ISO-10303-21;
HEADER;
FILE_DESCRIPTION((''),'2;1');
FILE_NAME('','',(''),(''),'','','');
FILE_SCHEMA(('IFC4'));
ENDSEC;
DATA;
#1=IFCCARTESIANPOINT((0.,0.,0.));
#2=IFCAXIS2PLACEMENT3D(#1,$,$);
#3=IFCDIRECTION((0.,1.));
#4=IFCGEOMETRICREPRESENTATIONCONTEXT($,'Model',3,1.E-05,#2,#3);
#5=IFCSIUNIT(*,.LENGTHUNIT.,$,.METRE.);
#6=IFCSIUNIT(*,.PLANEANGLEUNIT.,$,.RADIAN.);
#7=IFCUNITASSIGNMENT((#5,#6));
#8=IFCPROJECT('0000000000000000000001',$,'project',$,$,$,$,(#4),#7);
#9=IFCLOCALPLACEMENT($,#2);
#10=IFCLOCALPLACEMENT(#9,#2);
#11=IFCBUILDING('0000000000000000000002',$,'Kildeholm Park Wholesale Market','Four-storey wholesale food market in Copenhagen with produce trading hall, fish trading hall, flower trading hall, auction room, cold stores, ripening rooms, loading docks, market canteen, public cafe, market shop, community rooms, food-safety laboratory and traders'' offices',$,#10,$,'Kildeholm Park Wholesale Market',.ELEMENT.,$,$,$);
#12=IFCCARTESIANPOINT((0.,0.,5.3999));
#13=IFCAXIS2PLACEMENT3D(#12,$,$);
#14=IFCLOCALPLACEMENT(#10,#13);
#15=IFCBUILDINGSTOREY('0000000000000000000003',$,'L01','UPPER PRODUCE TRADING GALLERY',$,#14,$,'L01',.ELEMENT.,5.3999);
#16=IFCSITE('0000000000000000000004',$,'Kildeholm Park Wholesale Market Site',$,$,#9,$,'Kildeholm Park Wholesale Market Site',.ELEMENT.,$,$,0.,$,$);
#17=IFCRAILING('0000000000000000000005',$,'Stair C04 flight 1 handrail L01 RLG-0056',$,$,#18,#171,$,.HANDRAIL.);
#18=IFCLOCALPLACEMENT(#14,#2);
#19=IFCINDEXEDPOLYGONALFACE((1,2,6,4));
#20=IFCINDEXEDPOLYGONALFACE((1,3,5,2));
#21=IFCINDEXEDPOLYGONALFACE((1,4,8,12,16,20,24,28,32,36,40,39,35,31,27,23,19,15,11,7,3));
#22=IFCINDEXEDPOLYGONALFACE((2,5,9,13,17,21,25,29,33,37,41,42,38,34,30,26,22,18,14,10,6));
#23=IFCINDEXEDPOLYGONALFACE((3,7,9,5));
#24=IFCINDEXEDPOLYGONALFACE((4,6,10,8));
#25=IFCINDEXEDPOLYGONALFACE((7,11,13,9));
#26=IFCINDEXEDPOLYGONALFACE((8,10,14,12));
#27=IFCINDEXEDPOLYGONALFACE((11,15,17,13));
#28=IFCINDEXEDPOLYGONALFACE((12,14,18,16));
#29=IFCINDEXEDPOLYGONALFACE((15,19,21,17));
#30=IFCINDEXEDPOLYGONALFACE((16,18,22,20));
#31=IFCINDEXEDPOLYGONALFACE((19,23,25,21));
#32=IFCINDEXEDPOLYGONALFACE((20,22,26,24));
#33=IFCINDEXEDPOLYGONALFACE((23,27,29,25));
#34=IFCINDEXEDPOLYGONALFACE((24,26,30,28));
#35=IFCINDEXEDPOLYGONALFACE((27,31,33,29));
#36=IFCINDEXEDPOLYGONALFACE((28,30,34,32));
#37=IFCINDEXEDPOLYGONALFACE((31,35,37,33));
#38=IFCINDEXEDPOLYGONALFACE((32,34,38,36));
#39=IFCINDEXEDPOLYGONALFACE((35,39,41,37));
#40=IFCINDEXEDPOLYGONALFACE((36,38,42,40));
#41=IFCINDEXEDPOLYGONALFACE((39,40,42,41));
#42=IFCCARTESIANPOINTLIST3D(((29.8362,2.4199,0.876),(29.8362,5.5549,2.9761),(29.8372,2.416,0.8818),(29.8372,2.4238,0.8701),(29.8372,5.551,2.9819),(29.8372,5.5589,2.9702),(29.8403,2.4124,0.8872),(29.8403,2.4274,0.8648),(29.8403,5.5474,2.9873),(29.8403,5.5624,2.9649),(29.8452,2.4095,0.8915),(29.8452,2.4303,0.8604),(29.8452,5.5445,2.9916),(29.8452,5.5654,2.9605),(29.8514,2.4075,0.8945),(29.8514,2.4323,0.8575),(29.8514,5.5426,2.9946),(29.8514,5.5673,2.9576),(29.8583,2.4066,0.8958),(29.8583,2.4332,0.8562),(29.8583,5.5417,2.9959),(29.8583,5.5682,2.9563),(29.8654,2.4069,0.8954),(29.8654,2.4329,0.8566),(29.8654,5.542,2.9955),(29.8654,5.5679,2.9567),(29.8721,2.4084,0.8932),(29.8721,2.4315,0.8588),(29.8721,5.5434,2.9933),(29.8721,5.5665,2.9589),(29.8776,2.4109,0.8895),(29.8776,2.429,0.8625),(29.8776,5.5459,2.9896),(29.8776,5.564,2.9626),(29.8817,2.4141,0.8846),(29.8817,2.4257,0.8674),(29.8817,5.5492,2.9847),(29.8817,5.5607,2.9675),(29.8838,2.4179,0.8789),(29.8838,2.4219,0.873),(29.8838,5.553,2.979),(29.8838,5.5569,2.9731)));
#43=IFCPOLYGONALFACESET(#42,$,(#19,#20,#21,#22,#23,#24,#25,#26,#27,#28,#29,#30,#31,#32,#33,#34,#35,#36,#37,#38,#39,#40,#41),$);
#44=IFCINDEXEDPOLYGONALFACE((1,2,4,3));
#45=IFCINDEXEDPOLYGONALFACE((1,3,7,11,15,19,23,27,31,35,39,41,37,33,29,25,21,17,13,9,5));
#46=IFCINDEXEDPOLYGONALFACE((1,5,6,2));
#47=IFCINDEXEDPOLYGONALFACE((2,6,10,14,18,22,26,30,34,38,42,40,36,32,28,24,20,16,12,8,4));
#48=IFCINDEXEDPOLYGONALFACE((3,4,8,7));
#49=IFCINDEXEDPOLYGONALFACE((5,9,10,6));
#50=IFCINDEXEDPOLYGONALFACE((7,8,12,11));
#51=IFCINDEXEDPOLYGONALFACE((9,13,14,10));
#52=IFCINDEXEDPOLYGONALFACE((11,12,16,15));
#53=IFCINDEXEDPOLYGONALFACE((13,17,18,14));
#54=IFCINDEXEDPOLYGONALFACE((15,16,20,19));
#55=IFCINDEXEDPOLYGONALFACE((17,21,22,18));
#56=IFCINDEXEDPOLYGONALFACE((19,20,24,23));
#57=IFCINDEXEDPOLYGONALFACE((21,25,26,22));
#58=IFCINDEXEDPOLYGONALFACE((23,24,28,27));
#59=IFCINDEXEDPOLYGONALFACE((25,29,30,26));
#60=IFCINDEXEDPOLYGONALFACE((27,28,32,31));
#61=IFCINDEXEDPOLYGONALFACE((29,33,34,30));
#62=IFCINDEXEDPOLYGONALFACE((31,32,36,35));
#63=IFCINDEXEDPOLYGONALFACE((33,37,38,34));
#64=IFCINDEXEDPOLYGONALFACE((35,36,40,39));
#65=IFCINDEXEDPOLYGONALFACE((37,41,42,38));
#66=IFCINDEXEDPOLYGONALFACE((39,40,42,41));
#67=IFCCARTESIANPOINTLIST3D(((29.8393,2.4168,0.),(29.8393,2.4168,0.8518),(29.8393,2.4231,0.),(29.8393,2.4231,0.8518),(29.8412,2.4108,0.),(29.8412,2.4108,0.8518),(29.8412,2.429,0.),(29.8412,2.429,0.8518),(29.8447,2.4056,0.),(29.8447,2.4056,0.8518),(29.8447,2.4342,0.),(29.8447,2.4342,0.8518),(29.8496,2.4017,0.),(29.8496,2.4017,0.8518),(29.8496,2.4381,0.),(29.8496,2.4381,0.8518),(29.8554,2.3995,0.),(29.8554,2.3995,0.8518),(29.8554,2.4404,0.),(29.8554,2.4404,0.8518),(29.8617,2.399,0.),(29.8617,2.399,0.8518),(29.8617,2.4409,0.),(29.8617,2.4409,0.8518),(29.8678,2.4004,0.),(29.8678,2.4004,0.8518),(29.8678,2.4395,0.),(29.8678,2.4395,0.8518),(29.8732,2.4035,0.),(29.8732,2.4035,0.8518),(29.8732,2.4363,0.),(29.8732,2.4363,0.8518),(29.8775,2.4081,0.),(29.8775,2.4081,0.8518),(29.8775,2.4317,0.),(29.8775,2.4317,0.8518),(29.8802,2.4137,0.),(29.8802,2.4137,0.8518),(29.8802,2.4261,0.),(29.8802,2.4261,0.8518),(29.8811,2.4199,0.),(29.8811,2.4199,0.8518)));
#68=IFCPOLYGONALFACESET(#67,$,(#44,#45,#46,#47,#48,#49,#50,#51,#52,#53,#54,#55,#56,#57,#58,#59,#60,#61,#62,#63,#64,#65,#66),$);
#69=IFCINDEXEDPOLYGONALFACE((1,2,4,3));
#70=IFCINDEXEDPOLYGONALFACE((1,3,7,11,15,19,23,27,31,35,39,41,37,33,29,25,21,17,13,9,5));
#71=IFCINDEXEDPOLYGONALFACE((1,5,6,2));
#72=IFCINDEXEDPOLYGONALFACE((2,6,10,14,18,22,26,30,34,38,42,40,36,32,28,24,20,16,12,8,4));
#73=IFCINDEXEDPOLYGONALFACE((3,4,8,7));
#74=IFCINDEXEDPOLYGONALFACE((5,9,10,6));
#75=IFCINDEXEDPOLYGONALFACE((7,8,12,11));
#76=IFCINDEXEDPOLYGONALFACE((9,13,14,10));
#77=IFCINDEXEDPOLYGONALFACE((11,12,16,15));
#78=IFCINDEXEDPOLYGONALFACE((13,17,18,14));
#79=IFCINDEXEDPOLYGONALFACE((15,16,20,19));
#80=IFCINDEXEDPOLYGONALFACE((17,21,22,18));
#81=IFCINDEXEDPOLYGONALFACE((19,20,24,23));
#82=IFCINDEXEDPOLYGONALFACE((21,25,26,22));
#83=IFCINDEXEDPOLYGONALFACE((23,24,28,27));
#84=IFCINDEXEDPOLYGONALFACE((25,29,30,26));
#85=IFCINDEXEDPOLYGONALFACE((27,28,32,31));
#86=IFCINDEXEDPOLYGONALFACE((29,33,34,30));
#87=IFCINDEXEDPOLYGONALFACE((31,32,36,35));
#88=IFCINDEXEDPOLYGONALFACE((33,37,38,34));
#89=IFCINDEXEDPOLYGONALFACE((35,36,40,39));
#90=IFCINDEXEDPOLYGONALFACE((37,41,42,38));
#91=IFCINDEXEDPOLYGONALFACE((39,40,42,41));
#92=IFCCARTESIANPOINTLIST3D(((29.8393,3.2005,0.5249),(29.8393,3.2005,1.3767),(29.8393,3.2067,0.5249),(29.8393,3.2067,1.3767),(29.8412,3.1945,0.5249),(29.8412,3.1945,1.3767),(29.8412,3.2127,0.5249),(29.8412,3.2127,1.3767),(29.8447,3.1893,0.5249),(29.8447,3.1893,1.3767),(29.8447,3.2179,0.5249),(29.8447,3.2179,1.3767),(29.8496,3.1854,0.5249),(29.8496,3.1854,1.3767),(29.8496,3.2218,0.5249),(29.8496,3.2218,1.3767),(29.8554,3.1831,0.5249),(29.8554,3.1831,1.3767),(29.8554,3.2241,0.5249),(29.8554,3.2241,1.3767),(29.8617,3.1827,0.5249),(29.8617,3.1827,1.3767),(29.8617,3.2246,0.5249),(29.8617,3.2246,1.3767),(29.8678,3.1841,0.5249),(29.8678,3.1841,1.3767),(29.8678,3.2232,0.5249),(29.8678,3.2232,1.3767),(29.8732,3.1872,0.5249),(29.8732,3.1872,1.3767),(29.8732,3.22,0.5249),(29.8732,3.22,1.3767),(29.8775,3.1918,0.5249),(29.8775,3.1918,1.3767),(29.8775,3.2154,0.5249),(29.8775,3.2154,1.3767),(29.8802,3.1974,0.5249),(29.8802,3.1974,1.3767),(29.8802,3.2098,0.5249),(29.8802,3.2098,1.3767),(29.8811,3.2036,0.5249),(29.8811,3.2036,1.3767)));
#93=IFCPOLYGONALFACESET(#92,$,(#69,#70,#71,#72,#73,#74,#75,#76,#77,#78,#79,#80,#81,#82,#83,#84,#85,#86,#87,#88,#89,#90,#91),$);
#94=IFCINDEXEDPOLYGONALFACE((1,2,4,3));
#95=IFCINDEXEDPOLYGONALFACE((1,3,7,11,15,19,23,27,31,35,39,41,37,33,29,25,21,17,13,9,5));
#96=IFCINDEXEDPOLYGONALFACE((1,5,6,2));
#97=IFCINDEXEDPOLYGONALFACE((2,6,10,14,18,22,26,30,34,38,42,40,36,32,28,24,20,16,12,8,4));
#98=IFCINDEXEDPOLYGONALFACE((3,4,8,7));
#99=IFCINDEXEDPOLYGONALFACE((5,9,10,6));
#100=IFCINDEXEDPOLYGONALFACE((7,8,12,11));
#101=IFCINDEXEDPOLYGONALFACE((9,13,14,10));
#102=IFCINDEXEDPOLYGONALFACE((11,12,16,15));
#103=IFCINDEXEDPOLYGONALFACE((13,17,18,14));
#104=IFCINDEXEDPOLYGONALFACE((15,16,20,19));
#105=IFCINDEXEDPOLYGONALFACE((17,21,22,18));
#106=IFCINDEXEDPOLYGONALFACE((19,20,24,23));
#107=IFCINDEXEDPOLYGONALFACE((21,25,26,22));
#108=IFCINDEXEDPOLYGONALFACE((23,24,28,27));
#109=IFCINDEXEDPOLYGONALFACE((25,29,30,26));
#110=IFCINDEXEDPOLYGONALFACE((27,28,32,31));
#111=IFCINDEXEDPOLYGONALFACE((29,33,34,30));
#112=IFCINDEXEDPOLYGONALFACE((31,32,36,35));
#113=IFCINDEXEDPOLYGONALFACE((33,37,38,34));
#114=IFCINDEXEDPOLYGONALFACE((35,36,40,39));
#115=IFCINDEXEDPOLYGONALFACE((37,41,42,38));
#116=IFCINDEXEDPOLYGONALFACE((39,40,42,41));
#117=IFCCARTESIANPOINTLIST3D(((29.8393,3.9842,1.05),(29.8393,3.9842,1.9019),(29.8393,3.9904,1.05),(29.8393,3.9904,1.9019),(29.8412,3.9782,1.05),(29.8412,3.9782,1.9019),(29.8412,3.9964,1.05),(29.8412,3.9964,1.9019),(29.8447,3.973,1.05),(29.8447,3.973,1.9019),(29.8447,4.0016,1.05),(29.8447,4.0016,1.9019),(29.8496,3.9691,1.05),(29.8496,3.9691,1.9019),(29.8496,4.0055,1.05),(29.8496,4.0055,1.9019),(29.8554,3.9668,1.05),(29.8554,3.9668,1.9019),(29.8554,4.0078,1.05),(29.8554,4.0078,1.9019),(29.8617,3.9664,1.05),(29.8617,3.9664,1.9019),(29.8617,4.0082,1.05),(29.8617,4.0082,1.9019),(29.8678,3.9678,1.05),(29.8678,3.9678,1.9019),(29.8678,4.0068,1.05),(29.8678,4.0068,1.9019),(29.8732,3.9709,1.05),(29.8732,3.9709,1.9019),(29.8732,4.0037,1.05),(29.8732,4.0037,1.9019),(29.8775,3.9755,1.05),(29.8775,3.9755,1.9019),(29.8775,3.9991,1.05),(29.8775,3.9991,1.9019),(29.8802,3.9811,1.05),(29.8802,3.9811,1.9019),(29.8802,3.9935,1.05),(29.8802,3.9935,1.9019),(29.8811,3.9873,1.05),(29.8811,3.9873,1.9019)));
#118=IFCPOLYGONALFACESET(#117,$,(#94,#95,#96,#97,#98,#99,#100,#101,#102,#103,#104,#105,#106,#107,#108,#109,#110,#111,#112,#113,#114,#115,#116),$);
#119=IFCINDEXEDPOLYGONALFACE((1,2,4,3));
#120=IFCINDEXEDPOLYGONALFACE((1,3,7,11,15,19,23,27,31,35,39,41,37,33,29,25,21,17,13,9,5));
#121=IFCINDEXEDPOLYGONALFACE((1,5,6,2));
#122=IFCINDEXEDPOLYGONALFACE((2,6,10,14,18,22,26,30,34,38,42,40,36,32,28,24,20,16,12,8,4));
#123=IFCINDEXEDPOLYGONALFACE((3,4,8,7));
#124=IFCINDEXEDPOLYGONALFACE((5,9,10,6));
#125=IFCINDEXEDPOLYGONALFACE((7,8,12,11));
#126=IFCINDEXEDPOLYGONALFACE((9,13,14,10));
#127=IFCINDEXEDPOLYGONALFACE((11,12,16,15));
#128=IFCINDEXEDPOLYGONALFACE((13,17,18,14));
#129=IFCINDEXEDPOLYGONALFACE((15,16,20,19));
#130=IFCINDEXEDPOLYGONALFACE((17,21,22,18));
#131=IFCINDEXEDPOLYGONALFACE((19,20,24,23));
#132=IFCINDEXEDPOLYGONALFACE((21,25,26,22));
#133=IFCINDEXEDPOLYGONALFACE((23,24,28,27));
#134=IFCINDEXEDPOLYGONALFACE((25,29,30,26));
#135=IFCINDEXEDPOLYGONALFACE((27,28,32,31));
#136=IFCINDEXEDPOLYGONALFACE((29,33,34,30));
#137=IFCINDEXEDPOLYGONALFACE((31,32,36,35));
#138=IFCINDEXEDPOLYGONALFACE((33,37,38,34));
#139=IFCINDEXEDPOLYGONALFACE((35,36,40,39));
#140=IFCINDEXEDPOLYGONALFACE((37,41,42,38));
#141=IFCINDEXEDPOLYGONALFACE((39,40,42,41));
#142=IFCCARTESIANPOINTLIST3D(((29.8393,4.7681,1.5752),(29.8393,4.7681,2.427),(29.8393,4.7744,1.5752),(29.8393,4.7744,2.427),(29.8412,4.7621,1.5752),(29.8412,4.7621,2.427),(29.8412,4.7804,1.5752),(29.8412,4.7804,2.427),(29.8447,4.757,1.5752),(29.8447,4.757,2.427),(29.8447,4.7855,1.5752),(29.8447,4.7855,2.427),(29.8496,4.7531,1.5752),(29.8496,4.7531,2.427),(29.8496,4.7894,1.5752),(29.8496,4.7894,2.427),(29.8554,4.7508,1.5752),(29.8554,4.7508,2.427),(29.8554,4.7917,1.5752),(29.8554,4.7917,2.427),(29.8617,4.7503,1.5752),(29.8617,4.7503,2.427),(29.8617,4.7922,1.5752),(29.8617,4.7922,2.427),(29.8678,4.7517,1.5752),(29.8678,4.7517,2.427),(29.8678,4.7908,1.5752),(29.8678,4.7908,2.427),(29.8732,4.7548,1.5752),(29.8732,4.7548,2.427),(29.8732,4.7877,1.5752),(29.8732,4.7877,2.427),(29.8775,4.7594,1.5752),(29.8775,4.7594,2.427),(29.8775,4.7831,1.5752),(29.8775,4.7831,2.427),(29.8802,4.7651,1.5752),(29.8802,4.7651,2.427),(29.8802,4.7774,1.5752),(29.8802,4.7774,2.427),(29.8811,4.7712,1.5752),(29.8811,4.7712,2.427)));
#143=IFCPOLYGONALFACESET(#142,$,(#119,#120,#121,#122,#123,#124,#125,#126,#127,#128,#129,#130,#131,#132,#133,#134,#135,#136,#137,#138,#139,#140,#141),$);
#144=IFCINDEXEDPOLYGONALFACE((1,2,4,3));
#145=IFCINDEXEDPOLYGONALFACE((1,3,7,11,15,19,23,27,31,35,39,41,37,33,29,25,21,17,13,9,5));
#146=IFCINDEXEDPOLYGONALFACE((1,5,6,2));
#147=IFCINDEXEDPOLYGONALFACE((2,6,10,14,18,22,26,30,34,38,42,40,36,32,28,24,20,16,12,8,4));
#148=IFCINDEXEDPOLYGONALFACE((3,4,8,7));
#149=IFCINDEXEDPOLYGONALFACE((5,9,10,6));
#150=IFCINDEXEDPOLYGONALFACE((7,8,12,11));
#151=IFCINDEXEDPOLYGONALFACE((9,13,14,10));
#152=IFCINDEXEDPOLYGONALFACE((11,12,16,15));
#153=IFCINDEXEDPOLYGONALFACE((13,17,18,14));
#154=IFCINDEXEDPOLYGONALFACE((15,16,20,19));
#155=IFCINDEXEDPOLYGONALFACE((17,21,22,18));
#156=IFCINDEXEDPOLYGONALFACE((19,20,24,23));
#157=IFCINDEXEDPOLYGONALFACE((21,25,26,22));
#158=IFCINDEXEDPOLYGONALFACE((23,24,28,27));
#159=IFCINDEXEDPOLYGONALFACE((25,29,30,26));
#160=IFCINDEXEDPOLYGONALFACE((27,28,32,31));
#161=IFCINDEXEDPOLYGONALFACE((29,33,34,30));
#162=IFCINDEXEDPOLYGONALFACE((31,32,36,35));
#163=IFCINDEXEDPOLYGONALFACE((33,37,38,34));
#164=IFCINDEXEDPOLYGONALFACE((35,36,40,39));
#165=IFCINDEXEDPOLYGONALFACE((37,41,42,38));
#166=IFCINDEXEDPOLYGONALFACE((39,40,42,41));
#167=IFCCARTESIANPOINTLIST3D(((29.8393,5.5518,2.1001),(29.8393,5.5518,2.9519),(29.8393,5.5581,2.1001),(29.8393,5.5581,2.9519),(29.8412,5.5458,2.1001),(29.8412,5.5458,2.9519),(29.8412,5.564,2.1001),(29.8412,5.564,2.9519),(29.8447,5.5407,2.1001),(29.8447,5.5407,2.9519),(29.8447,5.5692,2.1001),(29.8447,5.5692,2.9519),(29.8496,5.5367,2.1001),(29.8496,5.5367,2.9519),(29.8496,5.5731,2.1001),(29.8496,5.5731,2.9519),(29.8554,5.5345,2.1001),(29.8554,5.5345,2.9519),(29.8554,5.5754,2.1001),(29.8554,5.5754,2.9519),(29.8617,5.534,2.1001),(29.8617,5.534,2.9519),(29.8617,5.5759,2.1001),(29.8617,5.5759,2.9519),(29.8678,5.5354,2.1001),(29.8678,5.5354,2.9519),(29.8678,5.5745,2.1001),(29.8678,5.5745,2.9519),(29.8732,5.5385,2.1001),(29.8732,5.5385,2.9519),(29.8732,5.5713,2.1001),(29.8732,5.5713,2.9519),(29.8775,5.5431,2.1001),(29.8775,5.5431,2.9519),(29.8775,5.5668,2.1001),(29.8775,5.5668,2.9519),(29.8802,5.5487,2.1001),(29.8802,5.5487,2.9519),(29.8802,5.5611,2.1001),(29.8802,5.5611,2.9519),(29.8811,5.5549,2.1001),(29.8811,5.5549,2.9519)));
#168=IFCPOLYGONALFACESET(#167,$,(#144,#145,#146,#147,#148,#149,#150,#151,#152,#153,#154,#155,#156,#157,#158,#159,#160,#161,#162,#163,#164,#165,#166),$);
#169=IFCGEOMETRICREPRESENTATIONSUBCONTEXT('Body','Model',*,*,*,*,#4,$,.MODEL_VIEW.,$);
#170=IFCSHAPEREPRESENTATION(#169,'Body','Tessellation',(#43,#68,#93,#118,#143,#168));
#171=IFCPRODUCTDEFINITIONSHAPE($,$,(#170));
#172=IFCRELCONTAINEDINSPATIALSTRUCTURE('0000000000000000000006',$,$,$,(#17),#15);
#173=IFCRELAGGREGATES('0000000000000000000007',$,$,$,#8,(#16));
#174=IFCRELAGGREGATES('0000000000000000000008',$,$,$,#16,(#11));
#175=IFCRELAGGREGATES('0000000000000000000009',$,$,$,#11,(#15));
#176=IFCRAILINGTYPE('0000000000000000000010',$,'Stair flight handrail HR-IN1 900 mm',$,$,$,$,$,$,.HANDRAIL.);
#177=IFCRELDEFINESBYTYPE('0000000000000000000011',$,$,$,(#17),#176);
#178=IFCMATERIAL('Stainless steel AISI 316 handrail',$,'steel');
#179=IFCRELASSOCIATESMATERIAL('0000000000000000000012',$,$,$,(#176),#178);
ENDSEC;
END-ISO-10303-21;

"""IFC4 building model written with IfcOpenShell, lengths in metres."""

from ifc_helpers import new_model, si_unit, direction, frame, origin, origin_2d, place, context, subcontext, project, spatial, circle, extrude, material, type_object, element, save


model = new_model("IFC4")

# Units and contexts
model_context = context("Model", 3, precision=1e-05, world=origin(), true_north=direction((0.0, 1.0)))
body_context = subcontext(model_context, "Body", "Model", "MODEL_VIEW")
ifc_project = project(units=[si_unit("LENGTHUNIT", "METRE"), si_unit("PLANEANGLEUNIT", "RADIAN")], contexts=[model_context])

# Site, building, storey
site_placement = place(None, origin())
site = spatial("IfcSite", under=ifc_project, at=site_placement, Name="Kildeholm Park Wholesale Market Site", LongName="Kildeholm Park Wholesale Market Site", CompositionType="ELEMENT", RefElevation=0.0)
building_placement = place(site_placement, origin())
building = spatial("IfcBuilding", under=site, at=building_placement, Name="Kildeholm Park Wholesale Market", Description="Four-storey wholesale food market in Copenhagen with produce trading hall, fish trading hall, flower trading hall, auction room, cold stores, ripening rooms, loading docks, market canteen, public cafe, market shop, community rooms, food-safety laboratory and traders' offices", LongName="Kildeholm Park Wholesale Market", CompositionType="ELEMENT")
storey_placement = place(building_placement, frame((0.0, 0.0, 5.3999)))
storey = spatial("IfcBuildingStorey", under=building, at=storey_placement, Name="L01", Description="UPPER PRODUCE TRADING GALLERY", LongName="L01", CompositionType="ELEMENT", Elevation=5.3999)

# Railing
ifc_material_1 = material(Name="Stainless steel AISI 316 handrail", Category="steel")
railing_type_1 = type_object("IfcRailingType", Name="Stair flight handrail HR-IN1 900 mm", PredefinedType="HANDRAIL", material=ifc_material_1)
railing_1_placement = place(storey_placement, frame((29.8601, 2.4199, 0.0)))
element("IfcRailing", 1, at=railing_1_placement, inside=storey, type_object=railing_type_1, Name="Stair C04 flight 1 handrail L01 RLG-0056", PredefinedType="HANDRAIL", context=body_context, shape_type="SweptSolid", body=[
    extrude(circle(Radius=0.0239, at=origin_2d()), frame((0.0, 0.0, 0.876), z_axis=(0.0, 0.830814, 0.55655), x_axis=(-1.0, 0.0, 0.0)), (0.0, 0.0, 1.0), 3.7734),
    extrude(circle(Radius=0.021, at=origin_2d()), origin(), (0.0, 0.0, 1.0), 0.8518),
    extrude(circle(Radius=0.021, at=origin_2d()), frame((0.0, 0.7837, 0.5249)), (0.0, 0.0, 1.0), 0.8518),
    extrude(circle(Radius=0.021, at=origin_2d()), frame((0.0, 1.5674, 1.05)), (0.0, 0.0, 1.0), 0.8518),
    extrude(circle(Radius=0.021, at=origin_2d()), frame((0.0, 2.3513, 1.5752)), (0.0, 0.0, 1.0), 0.8518),
    extrude(circle(Radius=0.021, at=origin_2d()), frame((0.0, 3.135, 2.1001)), (0.0, 0.0, 1.0), 0.8518),
])

save(model, "model.ifc")
